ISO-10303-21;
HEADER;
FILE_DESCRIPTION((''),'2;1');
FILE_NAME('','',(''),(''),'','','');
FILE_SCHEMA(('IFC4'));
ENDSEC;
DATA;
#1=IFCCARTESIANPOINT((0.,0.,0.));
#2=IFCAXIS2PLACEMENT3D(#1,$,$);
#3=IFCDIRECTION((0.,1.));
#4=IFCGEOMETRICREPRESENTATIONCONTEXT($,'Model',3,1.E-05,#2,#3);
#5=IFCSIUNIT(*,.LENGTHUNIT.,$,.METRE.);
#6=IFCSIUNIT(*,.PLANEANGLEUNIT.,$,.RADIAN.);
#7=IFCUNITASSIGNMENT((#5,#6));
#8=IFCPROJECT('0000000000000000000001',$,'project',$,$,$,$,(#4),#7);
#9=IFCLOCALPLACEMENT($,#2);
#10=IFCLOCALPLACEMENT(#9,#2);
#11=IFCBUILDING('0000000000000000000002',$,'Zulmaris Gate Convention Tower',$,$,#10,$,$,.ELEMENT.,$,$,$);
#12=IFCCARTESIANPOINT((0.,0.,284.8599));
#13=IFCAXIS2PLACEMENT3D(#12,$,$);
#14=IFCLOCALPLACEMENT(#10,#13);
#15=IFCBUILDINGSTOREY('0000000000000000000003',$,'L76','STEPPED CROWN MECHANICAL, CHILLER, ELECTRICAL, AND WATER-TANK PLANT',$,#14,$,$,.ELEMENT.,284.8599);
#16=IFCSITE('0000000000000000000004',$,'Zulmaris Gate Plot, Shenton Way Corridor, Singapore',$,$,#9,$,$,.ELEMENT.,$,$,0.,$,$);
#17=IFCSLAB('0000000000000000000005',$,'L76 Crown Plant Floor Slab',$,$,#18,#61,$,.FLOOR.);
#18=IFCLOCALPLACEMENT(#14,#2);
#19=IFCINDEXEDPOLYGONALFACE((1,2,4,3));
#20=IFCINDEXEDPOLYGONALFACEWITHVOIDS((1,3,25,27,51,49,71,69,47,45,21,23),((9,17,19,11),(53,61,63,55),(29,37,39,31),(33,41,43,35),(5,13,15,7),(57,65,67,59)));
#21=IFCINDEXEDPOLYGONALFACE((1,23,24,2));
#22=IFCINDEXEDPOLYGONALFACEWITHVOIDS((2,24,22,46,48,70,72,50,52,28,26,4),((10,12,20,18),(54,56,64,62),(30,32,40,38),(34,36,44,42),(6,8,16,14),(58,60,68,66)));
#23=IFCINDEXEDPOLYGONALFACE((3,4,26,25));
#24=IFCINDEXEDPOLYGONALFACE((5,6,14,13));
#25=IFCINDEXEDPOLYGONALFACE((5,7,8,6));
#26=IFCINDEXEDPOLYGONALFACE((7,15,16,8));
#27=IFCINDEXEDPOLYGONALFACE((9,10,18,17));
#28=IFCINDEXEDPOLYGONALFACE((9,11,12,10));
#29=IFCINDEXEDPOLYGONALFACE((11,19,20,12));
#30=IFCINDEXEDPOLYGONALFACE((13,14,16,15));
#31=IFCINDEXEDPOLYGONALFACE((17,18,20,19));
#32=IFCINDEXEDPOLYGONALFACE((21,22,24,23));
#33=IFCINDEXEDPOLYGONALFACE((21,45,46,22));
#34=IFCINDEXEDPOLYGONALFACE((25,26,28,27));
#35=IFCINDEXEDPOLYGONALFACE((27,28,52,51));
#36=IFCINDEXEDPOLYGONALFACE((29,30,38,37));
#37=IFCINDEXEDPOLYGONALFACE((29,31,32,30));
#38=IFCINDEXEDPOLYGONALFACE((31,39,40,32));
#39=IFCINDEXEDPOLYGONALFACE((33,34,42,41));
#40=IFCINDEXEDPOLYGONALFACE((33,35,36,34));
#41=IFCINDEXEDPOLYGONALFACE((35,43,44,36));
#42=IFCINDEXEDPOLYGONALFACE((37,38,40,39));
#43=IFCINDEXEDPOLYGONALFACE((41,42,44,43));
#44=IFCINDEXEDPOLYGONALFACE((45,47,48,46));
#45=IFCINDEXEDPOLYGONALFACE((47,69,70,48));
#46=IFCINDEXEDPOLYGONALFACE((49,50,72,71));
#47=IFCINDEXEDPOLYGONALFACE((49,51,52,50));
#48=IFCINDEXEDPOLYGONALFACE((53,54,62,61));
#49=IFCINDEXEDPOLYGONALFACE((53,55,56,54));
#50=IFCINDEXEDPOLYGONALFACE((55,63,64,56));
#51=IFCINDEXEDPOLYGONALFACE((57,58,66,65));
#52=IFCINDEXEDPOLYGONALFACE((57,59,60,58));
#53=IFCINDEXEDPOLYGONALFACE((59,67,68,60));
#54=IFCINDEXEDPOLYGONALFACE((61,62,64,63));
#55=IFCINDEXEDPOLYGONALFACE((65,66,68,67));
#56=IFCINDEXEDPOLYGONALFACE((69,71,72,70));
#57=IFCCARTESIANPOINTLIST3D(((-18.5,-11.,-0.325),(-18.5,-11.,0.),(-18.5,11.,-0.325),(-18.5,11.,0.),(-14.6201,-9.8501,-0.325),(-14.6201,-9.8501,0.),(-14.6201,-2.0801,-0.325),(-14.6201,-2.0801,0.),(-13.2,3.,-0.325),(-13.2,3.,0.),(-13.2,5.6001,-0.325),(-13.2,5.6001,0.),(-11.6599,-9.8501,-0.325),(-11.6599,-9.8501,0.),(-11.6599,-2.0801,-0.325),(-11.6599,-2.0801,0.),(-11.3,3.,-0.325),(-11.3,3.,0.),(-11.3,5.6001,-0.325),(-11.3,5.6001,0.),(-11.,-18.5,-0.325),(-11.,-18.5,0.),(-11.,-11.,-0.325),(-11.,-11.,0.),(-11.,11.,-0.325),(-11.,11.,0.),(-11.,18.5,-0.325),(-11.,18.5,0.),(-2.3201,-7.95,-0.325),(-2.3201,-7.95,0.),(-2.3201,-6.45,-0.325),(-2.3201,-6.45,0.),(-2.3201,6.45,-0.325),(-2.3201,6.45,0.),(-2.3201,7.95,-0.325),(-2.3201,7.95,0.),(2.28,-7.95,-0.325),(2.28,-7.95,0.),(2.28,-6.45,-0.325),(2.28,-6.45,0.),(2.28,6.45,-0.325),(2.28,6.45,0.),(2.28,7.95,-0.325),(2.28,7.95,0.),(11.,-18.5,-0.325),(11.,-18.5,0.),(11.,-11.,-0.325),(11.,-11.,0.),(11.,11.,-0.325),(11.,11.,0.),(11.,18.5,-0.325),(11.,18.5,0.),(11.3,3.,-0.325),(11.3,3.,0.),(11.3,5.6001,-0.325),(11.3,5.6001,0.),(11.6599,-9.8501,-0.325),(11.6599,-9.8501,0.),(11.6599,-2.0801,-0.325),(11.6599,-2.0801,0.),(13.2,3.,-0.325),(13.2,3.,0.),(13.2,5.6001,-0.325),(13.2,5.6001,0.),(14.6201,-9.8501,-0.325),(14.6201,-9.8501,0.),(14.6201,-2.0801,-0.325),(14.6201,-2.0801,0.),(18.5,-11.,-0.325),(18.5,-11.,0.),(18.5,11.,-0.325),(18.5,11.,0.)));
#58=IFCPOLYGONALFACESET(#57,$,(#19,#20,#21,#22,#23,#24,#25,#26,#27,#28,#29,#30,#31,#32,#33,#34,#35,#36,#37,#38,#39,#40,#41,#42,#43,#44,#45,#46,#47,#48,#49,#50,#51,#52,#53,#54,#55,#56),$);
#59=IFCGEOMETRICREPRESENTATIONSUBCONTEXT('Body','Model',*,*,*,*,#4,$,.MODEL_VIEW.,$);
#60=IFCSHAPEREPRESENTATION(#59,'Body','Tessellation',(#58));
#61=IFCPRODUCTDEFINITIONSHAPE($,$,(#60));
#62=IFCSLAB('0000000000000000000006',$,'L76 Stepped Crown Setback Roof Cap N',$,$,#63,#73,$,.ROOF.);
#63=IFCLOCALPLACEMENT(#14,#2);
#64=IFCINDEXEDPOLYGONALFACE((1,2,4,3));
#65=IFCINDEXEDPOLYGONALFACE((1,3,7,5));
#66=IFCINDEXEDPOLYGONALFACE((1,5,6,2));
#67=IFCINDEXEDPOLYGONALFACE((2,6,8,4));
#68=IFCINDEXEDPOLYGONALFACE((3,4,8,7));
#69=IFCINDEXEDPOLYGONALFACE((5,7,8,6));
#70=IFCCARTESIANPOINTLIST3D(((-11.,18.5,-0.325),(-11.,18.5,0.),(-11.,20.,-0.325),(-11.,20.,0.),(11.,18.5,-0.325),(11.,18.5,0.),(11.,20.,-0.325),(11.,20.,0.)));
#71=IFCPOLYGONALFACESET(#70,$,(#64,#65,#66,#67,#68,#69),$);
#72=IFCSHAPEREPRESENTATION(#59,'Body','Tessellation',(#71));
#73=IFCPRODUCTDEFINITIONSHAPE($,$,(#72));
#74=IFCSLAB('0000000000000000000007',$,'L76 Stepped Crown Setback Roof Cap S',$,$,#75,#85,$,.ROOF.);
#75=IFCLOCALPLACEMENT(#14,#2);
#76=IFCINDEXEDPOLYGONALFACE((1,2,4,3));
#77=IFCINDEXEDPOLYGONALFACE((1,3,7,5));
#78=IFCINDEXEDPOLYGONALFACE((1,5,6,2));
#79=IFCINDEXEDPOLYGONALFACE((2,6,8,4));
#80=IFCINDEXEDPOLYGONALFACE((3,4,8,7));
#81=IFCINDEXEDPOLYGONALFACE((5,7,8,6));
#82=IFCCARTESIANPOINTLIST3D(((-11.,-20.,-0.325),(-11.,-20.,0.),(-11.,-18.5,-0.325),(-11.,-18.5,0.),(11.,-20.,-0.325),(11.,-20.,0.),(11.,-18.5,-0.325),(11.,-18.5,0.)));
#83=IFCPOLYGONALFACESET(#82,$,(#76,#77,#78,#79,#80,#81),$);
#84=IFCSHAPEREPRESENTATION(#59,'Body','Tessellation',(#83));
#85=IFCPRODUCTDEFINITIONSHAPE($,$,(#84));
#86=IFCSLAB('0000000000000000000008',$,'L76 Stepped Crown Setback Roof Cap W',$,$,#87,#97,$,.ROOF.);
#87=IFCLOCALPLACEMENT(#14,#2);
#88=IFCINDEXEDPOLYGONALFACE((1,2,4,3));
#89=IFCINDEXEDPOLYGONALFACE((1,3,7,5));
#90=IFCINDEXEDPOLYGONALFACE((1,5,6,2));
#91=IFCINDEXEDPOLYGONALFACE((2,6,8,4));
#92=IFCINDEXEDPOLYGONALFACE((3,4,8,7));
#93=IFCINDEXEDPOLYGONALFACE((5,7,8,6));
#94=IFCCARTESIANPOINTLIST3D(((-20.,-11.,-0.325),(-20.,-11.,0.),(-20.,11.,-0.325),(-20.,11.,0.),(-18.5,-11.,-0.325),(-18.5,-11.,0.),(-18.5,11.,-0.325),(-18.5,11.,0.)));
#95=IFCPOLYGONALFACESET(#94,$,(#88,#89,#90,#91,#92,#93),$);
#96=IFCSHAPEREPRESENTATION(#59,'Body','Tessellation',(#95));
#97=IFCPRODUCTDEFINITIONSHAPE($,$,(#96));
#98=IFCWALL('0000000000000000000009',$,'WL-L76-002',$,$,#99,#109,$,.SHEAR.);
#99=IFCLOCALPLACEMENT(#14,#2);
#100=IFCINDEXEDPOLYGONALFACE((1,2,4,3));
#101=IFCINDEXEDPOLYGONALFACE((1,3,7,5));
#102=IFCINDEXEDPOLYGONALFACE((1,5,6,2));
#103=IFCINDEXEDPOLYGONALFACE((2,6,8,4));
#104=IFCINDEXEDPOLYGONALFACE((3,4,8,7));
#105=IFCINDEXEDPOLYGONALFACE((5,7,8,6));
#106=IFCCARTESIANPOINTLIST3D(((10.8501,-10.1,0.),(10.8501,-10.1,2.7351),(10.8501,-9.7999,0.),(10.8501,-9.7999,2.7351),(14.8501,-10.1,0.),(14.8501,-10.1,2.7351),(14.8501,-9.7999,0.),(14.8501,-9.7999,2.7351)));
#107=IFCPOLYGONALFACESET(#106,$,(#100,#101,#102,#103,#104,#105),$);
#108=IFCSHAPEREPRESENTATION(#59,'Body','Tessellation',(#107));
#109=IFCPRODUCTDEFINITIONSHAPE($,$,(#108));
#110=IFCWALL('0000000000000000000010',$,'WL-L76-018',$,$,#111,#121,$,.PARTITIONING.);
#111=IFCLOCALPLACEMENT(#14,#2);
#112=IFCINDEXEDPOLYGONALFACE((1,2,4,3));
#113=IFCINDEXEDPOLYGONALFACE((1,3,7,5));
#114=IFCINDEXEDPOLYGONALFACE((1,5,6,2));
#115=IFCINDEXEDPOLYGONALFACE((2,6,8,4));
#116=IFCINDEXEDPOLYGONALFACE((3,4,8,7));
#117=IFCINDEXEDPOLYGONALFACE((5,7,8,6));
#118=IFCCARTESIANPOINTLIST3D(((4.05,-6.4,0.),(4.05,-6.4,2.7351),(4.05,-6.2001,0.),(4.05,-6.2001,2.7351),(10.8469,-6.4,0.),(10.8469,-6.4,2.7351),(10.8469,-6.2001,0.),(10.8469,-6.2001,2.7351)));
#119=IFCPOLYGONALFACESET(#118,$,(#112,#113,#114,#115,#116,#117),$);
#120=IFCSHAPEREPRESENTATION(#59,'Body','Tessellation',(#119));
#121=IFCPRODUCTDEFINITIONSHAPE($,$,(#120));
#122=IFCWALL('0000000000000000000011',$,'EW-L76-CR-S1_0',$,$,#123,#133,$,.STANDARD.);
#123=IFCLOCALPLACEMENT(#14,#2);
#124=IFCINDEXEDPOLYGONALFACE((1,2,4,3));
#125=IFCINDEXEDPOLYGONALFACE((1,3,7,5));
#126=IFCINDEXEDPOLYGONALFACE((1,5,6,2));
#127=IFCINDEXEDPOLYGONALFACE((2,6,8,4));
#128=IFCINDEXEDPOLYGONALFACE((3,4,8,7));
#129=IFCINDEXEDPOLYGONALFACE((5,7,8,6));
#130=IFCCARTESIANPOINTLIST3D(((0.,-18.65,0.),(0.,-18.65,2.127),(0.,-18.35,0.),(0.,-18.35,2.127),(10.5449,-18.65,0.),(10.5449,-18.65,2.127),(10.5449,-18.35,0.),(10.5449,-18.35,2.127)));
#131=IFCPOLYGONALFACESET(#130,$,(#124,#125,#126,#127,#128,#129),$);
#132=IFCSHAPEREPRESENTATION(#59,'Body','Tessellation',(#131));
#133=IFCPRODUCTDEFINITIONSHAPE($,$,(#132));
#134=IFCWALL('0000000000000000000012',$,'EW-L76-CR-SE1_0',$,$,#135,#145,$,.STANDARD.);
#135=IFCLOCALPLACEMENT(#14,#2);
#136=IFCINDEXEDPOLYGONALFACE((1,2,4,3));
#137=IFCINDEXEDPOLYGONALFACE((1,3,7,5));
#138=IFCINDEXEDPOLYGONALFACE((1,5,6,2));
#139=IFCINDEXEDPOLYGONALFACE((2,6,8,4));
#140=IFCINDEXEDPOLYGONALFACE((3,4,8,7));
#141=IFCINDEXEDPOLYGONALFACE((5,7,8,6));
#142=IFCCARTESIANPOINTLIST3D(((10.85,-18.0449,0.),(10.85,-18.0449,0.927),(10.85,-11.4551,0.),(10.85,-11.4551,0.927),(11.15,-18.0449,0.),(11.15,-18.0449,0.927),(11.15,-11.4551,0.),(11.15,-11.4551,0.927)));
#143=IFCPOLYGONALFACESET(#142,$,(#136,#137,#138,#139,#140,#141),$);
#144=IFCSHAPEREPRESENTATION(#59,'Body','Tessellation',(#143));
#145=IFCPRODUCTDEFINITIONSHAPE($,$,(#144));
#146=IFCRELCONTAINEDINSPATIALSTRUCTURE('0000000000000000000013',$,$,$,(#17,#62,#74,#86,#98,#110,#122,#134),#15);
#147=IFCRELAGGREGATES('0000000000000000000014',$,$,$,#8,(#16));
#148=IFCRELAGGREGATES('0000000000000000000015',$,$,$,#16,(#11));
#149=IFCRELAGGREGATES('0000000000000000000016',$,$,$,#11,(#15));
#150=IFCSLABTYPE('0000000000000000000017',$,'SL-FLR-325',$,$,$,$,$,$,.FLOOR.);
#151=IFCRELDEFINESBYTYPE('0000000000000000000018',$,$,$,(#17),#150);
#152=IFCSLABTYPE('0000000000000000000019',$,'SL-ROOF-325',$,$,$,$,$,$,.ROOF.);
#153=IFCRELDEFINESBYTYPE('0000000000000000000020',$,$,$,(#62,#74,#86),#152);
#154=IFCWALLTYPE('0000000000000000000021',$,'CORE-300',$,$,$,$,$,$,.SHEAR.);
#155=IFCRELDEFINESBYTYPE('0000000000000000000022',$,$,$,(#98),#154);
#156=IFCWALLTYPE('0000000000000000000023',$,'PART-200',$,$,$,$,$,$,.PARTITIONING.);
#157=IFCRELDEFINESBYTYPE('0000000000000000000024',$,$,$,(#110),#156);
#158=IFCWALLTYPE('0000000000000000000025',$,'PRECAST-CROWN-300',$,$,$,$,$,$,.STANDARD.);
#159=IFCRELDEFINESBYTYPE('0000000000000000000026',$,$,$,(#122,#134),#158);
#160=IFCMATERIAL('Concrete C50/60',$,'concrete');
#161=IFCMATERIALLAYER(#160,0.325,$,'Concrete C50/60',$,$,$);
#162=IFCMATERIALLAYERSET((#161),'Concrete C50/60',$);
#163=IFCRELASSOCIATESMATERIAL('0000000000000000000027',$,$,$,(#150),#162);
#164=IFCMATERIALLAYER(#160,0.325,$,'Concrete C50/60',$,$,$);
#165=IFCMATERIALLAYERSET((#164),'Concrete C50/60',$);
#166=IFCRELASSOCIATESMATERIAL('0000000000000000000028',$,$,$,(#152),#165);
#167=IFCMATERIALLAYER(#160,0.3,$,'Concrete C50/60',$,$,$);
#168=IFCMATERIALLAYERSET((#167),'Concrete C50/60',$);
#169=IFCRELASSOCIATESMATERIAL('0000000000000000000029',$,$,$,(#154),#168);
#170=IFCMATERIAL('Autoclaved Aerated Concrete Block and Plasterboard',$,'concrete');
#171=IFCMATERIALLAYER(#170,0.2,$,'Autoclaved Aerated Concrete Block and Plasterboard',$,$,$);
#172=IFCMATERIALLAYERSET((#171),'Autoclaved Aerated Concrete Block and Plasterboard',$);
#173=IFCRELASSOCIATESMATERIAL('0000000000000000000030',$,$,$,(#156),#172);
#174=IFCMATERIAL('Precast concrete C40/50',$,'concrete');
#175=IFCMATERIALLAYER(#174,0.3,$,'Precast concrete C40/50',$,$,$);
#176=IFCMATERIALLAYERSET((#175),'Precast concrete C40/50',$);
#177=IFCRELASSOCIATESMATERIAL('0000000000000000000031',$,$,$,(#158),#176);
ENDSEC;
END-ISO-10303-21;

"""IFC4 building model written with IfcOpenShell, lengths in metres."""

from ifc_helpers import new_model, si_unit, direction, frame, frame_2d, origin, place, context, subcontext, project, spatial, polyline, rectangle, outline, extrude, material, layer, layer_set, type_object, element, save


model = new_model("IFC4")

# Units and contexts
model_context = context("Model", 3, precision=1e-05, world=origin(), true_north=direction((0.0, 1.0)))
body_context = subcontext(model_context, "Body", "Model", "MODEL_VIEW")
ifc_project = project(units=[si_unit("LENGTHUNIT", "METRE"), si_unit("PLANEANGLEUNIT", "RADIAN")], contexts=[model_context])

# Site, building, storey
site_placement = place(None, origin())
site = spatial("IfcSite", under=ifc_project, at=site_placement, Name="Zulmaris Gate Plot, Shenton Way Corridor, Singapore", CompositionType="ELEMENT", RefElevation=0.0)
building_placement = place(site_placement, origin())
building = spatial("IfcBuilding", under=site, at=building_placement, Name="Zulmaris Gate Convention Tower", CompositionType="ELEMENT")
storey_placement = place(building_placement, frame((0.0, 0.0, 284.8599)))
storey = spatial("IfcBuildingStorey", under=building, at=storey_placement, Name="L76", Description="STEPPED CROWN MECHANICAL, CHILLER, ELECTRICAL, AND WATER-TANK PLANT", CompositionType="ELEMENT", Elevation=284.8599)

# Slabs
ifc_material_1 = material(Name="Concrete C50/60", Category="concrete")
ifc_layer_1 = layer(ifc_material_1, 0.325, Name="Concrete C50/60")
ifc_layer_set_1 = layer_set([ifc_layer_1], Name="Concrete C50/60")
slab_type_1 = type_object("IfcSlabType", Name="SL-FLR-325", PredefinedType="FLOOR", material=ifc_layer_set_1)
slab_1_placement = place(storey_placement, frame((0.0, 0.0, -0.325)))
element("IfcSlab", 1, at=slab_1_placement, inside=storey, type_object=slab_type_1, Name="L76 Crown Plant Floor Slab", PredefinedType="FLOOR", context=body_context, shape_type="SweptSolid", body=[
    extrude(outline(polyline([(-11.0, -18.5), (11.0, -18.5), (11.0, -11.0), (18.5, -11.0), (18.5, 11.0), (11.0, 11.0), (11.0, 18.5), (-11.0, 18.5), (-11.0, 11.0), (-18.5, 11.0), (-18.5, -11.0), (-11.0, -11.0), (-11.0, -18.5)]), holes=[polyline([(-14.6201, -2.0801), (-14.6201, -9.8501), (-11.6599, -9.8501), (-11.6599, -2.0801), (-14.6201, -2.0801)]), polyline([(11.6599, -2.0801), (11.6599, -9.8501), (14.6201, -9.8501), (14.6201, -2.0801), (11.6599, -2.0801)]), polyline([(-2.3201, -7.95), (2.28, -7.95), (2.28, -6.45), (-2.3201, -6.45), (-2.3201, -7.95)]), polyline([(-2.3201, 6.45), (2.28, 6.45), (2.28, 7.95), (-2.3201, 7.95), (-2.3201, 6.45)]), polyline([(-13.2, 3.0), (-11.3, 3.0), (-11.3, 5.6001), (-13.2, 5.6001), (-13.2, 3.0)]), polyline([(11.3, 3.0), (13.2, 3.0), (13.2, 5.6001), (11.3, 5.6001), (11.3, 3.0)])]), origin(), (0.0, 0.0, 1.0), 0.325),
])
ifc_layer_2 = layer(ifc_material_1, 0.325, Name="Concrete C50/60")
ifc_layer_set_2 = layer_set([ifc_layer_2], Name="Concrete C50/60")
slab_type_2 = type_object("IfcSlabType", Name="SL-ROOF-325", PredefinedType="ROOF", material=ifc_layer_set_2)
slab_2_placement = place(storey_placement, frame((0.0, 0.0, -0.325)))
element("IfcSlab", 2, at=slab_2_placement, inside=storey, type_object=slab_type_2, Name="L76 Stepped Crown Setback Roof Cap N", PredefinedType="ROOF", context=body_context, shape_type="SweptSolid", body=[
    extrude(outline(polyline([(-11.0, 18.5), (11.0, 18.5), (11.0, 20.0), (-11.0, 20.0), (-11.0, 18.5)])), origin(), (0.0, 0.0, 1.0), 0.325),
])
slab_3_placement = place(storey_placement, frame((0.0, 0.0, -0.325)))
element("IfcSlab", 3, at=slab_3_placement, inside=storey, type_object=slab_type_2, Name="L76 Stepped Crown Setback Roof Cap S", PredefinedType="ROOF", context=body_context, shape_type="SweptSolid", body=[
    extrude(outline(polyline([(-11.0, -20.0), (11.0, -20.0), (11.0, -18.5), (-11.0, -18.5), (-11.0, -20.0)])), origin(), (0.0, 0.0, 1.0), 0.325),
])
slab_4_placement = place(storey_placement, frame((0.0, 0.0, -0.325)))
element("IfcSlab", 4, at=slab_4_placement, inside=storey, type_object=slab_type_2, Name="L76 Stepped Crown Setback Roof Cap W", PredefinedType="ROOF", context=body_context, shape_type="SweptSolid", body=[
    extrude(outline(polyline([(-20.0, -11.0), (-18.5, -11.0), (-18.5, 11.0), (-20.0, 11.0), (-20.0, -11.0)])), origin(), (0.0, 0.0, 1.0), 0.325),
])

# Wall
ifc_layer_3 = layer(ifc_material_1, 0.3, Name="Concrete C50/60")
ifc_layer_set_3 = layer_set([ifc_layer_3], Name="Concrete C50/60")
wall_type_1 = type_object("IfcWallType", Name="CORE-300", PredefinedType="SHEAR", material=ifc_layer_set_3)
wall_1_placement = place(storey_placement, frame((10.8501, -9.95, 0.0), z_axis=(0.0, 0.0, 1.0), x_axis=(1.0, 0.0, 0.0)))
element("IfcWall", 5, at=wall_1_placement, inside=storey, type_object=wall_type_1, Name="WL-L76-002", PredefinedType="SHEAR", context=body_context, shape_type="SweptSolid", body=[
    extrude(rectangle(XDim=4.0, YDim=0.3, at=frame_2d((2.0, 0.0))), origin(), (0.0, 0.0, 1.0), 2.7351),
])

# Shared definitions
ifc_material_2 = material(Name="Autoclaved Aerated Concrete Block and Plasterboard", Category="concrete")
ifc_layer_4 = layer(ifc_material_2, 0.2, Name="Autoclaved Aerated Concrete Block and Plasterboard")
ifc_layer_set_4 = layer_set([ifc_layer_4], Name="Autoclaved Aerated Concrete Block and Plasterboard")
wall_type_2 = type_object("IfcWallType", Name="PART-200", PredefinedType="PARTITIONING", material=ifc_layer_set_4)

# Wall
wall_2_placement = place(storey_placement, frame((4.05, -6.3, 0.0), z_axis=(0.0, 0.0, 1.0), x_axis=(1.0, 0.0, 0.0)))
element("IfcWall", 6, at=wall_2_placement, inside=storey, type_object=wall_type_2, Name="WL-L76-018", PredefinedType="PARTITIONING", context=body_context, shape_type="SweptSolid", body=[
    extrude(rectangle(XDim=6.7969, YDim=0.2, at=frame_2d((3.3984, 0.0))), origin(), (0.0, 0.0, 1.0), 2.7351),
])

# Walls
ifc_material_3 = material(Name="Precast concrete C40/50", Category="concrete")
ifc_layer_5 = layer(ifc_material_3, 0.3, Name="Precast concrete C40/50")
ifc_layer_set_5 = layer_set([ifc_layer_5], Name="Precast concrete C40/50")
wall_type_3 = type_object("IfcWallType", Name="PRECAST-CROWN-300", PredefinedType="STANDARD", material=ifc_layer_set_5)
wall_3_placement = place(storey_placement, frame((0.0, -18.5, 0.0), z_axis=(0.0, 0.0, 1.0), x_axis=(1.0, 0.0, 0.0)))
element("IfcWall", 7, at=wall_3_placement, inside=storey, type_object=wall_type_3, Name="EW-L76-CR-S1_0", PredefinedType="STANDARD", context=body_context, shape_type="SweptSolid", body=[
    extrude(rectangle(XDim=10.5449, YDim=0.3, at=frame_2d((5.2725, 0.0))), origin(), (0.0, 0.0, 1.0), 2.127),
])
wall_4_placement = place(storey_placement, frame((11.0, -18.0449, 0.0), z_axis=(0.0, 0.0, 1.0), x_axis=(0.0, 1.0, 0.0)))
element("IfcWall", 8, at=wall_4_placement, inside=storey, type_object=wall_type_3, Name="EW-L76-CR-SE1_0", PredefinedType="STANDARD", context=body_context, shape_type="SweptSolid", body=[
    extrude(rectangle(XDim=6.5898, YDim=0.3, at=frame_2d((3.2949, 0.0))), origin(), (0.0, 0.0, 1.0), 0.927),
])

save(model, "model.ifc")
